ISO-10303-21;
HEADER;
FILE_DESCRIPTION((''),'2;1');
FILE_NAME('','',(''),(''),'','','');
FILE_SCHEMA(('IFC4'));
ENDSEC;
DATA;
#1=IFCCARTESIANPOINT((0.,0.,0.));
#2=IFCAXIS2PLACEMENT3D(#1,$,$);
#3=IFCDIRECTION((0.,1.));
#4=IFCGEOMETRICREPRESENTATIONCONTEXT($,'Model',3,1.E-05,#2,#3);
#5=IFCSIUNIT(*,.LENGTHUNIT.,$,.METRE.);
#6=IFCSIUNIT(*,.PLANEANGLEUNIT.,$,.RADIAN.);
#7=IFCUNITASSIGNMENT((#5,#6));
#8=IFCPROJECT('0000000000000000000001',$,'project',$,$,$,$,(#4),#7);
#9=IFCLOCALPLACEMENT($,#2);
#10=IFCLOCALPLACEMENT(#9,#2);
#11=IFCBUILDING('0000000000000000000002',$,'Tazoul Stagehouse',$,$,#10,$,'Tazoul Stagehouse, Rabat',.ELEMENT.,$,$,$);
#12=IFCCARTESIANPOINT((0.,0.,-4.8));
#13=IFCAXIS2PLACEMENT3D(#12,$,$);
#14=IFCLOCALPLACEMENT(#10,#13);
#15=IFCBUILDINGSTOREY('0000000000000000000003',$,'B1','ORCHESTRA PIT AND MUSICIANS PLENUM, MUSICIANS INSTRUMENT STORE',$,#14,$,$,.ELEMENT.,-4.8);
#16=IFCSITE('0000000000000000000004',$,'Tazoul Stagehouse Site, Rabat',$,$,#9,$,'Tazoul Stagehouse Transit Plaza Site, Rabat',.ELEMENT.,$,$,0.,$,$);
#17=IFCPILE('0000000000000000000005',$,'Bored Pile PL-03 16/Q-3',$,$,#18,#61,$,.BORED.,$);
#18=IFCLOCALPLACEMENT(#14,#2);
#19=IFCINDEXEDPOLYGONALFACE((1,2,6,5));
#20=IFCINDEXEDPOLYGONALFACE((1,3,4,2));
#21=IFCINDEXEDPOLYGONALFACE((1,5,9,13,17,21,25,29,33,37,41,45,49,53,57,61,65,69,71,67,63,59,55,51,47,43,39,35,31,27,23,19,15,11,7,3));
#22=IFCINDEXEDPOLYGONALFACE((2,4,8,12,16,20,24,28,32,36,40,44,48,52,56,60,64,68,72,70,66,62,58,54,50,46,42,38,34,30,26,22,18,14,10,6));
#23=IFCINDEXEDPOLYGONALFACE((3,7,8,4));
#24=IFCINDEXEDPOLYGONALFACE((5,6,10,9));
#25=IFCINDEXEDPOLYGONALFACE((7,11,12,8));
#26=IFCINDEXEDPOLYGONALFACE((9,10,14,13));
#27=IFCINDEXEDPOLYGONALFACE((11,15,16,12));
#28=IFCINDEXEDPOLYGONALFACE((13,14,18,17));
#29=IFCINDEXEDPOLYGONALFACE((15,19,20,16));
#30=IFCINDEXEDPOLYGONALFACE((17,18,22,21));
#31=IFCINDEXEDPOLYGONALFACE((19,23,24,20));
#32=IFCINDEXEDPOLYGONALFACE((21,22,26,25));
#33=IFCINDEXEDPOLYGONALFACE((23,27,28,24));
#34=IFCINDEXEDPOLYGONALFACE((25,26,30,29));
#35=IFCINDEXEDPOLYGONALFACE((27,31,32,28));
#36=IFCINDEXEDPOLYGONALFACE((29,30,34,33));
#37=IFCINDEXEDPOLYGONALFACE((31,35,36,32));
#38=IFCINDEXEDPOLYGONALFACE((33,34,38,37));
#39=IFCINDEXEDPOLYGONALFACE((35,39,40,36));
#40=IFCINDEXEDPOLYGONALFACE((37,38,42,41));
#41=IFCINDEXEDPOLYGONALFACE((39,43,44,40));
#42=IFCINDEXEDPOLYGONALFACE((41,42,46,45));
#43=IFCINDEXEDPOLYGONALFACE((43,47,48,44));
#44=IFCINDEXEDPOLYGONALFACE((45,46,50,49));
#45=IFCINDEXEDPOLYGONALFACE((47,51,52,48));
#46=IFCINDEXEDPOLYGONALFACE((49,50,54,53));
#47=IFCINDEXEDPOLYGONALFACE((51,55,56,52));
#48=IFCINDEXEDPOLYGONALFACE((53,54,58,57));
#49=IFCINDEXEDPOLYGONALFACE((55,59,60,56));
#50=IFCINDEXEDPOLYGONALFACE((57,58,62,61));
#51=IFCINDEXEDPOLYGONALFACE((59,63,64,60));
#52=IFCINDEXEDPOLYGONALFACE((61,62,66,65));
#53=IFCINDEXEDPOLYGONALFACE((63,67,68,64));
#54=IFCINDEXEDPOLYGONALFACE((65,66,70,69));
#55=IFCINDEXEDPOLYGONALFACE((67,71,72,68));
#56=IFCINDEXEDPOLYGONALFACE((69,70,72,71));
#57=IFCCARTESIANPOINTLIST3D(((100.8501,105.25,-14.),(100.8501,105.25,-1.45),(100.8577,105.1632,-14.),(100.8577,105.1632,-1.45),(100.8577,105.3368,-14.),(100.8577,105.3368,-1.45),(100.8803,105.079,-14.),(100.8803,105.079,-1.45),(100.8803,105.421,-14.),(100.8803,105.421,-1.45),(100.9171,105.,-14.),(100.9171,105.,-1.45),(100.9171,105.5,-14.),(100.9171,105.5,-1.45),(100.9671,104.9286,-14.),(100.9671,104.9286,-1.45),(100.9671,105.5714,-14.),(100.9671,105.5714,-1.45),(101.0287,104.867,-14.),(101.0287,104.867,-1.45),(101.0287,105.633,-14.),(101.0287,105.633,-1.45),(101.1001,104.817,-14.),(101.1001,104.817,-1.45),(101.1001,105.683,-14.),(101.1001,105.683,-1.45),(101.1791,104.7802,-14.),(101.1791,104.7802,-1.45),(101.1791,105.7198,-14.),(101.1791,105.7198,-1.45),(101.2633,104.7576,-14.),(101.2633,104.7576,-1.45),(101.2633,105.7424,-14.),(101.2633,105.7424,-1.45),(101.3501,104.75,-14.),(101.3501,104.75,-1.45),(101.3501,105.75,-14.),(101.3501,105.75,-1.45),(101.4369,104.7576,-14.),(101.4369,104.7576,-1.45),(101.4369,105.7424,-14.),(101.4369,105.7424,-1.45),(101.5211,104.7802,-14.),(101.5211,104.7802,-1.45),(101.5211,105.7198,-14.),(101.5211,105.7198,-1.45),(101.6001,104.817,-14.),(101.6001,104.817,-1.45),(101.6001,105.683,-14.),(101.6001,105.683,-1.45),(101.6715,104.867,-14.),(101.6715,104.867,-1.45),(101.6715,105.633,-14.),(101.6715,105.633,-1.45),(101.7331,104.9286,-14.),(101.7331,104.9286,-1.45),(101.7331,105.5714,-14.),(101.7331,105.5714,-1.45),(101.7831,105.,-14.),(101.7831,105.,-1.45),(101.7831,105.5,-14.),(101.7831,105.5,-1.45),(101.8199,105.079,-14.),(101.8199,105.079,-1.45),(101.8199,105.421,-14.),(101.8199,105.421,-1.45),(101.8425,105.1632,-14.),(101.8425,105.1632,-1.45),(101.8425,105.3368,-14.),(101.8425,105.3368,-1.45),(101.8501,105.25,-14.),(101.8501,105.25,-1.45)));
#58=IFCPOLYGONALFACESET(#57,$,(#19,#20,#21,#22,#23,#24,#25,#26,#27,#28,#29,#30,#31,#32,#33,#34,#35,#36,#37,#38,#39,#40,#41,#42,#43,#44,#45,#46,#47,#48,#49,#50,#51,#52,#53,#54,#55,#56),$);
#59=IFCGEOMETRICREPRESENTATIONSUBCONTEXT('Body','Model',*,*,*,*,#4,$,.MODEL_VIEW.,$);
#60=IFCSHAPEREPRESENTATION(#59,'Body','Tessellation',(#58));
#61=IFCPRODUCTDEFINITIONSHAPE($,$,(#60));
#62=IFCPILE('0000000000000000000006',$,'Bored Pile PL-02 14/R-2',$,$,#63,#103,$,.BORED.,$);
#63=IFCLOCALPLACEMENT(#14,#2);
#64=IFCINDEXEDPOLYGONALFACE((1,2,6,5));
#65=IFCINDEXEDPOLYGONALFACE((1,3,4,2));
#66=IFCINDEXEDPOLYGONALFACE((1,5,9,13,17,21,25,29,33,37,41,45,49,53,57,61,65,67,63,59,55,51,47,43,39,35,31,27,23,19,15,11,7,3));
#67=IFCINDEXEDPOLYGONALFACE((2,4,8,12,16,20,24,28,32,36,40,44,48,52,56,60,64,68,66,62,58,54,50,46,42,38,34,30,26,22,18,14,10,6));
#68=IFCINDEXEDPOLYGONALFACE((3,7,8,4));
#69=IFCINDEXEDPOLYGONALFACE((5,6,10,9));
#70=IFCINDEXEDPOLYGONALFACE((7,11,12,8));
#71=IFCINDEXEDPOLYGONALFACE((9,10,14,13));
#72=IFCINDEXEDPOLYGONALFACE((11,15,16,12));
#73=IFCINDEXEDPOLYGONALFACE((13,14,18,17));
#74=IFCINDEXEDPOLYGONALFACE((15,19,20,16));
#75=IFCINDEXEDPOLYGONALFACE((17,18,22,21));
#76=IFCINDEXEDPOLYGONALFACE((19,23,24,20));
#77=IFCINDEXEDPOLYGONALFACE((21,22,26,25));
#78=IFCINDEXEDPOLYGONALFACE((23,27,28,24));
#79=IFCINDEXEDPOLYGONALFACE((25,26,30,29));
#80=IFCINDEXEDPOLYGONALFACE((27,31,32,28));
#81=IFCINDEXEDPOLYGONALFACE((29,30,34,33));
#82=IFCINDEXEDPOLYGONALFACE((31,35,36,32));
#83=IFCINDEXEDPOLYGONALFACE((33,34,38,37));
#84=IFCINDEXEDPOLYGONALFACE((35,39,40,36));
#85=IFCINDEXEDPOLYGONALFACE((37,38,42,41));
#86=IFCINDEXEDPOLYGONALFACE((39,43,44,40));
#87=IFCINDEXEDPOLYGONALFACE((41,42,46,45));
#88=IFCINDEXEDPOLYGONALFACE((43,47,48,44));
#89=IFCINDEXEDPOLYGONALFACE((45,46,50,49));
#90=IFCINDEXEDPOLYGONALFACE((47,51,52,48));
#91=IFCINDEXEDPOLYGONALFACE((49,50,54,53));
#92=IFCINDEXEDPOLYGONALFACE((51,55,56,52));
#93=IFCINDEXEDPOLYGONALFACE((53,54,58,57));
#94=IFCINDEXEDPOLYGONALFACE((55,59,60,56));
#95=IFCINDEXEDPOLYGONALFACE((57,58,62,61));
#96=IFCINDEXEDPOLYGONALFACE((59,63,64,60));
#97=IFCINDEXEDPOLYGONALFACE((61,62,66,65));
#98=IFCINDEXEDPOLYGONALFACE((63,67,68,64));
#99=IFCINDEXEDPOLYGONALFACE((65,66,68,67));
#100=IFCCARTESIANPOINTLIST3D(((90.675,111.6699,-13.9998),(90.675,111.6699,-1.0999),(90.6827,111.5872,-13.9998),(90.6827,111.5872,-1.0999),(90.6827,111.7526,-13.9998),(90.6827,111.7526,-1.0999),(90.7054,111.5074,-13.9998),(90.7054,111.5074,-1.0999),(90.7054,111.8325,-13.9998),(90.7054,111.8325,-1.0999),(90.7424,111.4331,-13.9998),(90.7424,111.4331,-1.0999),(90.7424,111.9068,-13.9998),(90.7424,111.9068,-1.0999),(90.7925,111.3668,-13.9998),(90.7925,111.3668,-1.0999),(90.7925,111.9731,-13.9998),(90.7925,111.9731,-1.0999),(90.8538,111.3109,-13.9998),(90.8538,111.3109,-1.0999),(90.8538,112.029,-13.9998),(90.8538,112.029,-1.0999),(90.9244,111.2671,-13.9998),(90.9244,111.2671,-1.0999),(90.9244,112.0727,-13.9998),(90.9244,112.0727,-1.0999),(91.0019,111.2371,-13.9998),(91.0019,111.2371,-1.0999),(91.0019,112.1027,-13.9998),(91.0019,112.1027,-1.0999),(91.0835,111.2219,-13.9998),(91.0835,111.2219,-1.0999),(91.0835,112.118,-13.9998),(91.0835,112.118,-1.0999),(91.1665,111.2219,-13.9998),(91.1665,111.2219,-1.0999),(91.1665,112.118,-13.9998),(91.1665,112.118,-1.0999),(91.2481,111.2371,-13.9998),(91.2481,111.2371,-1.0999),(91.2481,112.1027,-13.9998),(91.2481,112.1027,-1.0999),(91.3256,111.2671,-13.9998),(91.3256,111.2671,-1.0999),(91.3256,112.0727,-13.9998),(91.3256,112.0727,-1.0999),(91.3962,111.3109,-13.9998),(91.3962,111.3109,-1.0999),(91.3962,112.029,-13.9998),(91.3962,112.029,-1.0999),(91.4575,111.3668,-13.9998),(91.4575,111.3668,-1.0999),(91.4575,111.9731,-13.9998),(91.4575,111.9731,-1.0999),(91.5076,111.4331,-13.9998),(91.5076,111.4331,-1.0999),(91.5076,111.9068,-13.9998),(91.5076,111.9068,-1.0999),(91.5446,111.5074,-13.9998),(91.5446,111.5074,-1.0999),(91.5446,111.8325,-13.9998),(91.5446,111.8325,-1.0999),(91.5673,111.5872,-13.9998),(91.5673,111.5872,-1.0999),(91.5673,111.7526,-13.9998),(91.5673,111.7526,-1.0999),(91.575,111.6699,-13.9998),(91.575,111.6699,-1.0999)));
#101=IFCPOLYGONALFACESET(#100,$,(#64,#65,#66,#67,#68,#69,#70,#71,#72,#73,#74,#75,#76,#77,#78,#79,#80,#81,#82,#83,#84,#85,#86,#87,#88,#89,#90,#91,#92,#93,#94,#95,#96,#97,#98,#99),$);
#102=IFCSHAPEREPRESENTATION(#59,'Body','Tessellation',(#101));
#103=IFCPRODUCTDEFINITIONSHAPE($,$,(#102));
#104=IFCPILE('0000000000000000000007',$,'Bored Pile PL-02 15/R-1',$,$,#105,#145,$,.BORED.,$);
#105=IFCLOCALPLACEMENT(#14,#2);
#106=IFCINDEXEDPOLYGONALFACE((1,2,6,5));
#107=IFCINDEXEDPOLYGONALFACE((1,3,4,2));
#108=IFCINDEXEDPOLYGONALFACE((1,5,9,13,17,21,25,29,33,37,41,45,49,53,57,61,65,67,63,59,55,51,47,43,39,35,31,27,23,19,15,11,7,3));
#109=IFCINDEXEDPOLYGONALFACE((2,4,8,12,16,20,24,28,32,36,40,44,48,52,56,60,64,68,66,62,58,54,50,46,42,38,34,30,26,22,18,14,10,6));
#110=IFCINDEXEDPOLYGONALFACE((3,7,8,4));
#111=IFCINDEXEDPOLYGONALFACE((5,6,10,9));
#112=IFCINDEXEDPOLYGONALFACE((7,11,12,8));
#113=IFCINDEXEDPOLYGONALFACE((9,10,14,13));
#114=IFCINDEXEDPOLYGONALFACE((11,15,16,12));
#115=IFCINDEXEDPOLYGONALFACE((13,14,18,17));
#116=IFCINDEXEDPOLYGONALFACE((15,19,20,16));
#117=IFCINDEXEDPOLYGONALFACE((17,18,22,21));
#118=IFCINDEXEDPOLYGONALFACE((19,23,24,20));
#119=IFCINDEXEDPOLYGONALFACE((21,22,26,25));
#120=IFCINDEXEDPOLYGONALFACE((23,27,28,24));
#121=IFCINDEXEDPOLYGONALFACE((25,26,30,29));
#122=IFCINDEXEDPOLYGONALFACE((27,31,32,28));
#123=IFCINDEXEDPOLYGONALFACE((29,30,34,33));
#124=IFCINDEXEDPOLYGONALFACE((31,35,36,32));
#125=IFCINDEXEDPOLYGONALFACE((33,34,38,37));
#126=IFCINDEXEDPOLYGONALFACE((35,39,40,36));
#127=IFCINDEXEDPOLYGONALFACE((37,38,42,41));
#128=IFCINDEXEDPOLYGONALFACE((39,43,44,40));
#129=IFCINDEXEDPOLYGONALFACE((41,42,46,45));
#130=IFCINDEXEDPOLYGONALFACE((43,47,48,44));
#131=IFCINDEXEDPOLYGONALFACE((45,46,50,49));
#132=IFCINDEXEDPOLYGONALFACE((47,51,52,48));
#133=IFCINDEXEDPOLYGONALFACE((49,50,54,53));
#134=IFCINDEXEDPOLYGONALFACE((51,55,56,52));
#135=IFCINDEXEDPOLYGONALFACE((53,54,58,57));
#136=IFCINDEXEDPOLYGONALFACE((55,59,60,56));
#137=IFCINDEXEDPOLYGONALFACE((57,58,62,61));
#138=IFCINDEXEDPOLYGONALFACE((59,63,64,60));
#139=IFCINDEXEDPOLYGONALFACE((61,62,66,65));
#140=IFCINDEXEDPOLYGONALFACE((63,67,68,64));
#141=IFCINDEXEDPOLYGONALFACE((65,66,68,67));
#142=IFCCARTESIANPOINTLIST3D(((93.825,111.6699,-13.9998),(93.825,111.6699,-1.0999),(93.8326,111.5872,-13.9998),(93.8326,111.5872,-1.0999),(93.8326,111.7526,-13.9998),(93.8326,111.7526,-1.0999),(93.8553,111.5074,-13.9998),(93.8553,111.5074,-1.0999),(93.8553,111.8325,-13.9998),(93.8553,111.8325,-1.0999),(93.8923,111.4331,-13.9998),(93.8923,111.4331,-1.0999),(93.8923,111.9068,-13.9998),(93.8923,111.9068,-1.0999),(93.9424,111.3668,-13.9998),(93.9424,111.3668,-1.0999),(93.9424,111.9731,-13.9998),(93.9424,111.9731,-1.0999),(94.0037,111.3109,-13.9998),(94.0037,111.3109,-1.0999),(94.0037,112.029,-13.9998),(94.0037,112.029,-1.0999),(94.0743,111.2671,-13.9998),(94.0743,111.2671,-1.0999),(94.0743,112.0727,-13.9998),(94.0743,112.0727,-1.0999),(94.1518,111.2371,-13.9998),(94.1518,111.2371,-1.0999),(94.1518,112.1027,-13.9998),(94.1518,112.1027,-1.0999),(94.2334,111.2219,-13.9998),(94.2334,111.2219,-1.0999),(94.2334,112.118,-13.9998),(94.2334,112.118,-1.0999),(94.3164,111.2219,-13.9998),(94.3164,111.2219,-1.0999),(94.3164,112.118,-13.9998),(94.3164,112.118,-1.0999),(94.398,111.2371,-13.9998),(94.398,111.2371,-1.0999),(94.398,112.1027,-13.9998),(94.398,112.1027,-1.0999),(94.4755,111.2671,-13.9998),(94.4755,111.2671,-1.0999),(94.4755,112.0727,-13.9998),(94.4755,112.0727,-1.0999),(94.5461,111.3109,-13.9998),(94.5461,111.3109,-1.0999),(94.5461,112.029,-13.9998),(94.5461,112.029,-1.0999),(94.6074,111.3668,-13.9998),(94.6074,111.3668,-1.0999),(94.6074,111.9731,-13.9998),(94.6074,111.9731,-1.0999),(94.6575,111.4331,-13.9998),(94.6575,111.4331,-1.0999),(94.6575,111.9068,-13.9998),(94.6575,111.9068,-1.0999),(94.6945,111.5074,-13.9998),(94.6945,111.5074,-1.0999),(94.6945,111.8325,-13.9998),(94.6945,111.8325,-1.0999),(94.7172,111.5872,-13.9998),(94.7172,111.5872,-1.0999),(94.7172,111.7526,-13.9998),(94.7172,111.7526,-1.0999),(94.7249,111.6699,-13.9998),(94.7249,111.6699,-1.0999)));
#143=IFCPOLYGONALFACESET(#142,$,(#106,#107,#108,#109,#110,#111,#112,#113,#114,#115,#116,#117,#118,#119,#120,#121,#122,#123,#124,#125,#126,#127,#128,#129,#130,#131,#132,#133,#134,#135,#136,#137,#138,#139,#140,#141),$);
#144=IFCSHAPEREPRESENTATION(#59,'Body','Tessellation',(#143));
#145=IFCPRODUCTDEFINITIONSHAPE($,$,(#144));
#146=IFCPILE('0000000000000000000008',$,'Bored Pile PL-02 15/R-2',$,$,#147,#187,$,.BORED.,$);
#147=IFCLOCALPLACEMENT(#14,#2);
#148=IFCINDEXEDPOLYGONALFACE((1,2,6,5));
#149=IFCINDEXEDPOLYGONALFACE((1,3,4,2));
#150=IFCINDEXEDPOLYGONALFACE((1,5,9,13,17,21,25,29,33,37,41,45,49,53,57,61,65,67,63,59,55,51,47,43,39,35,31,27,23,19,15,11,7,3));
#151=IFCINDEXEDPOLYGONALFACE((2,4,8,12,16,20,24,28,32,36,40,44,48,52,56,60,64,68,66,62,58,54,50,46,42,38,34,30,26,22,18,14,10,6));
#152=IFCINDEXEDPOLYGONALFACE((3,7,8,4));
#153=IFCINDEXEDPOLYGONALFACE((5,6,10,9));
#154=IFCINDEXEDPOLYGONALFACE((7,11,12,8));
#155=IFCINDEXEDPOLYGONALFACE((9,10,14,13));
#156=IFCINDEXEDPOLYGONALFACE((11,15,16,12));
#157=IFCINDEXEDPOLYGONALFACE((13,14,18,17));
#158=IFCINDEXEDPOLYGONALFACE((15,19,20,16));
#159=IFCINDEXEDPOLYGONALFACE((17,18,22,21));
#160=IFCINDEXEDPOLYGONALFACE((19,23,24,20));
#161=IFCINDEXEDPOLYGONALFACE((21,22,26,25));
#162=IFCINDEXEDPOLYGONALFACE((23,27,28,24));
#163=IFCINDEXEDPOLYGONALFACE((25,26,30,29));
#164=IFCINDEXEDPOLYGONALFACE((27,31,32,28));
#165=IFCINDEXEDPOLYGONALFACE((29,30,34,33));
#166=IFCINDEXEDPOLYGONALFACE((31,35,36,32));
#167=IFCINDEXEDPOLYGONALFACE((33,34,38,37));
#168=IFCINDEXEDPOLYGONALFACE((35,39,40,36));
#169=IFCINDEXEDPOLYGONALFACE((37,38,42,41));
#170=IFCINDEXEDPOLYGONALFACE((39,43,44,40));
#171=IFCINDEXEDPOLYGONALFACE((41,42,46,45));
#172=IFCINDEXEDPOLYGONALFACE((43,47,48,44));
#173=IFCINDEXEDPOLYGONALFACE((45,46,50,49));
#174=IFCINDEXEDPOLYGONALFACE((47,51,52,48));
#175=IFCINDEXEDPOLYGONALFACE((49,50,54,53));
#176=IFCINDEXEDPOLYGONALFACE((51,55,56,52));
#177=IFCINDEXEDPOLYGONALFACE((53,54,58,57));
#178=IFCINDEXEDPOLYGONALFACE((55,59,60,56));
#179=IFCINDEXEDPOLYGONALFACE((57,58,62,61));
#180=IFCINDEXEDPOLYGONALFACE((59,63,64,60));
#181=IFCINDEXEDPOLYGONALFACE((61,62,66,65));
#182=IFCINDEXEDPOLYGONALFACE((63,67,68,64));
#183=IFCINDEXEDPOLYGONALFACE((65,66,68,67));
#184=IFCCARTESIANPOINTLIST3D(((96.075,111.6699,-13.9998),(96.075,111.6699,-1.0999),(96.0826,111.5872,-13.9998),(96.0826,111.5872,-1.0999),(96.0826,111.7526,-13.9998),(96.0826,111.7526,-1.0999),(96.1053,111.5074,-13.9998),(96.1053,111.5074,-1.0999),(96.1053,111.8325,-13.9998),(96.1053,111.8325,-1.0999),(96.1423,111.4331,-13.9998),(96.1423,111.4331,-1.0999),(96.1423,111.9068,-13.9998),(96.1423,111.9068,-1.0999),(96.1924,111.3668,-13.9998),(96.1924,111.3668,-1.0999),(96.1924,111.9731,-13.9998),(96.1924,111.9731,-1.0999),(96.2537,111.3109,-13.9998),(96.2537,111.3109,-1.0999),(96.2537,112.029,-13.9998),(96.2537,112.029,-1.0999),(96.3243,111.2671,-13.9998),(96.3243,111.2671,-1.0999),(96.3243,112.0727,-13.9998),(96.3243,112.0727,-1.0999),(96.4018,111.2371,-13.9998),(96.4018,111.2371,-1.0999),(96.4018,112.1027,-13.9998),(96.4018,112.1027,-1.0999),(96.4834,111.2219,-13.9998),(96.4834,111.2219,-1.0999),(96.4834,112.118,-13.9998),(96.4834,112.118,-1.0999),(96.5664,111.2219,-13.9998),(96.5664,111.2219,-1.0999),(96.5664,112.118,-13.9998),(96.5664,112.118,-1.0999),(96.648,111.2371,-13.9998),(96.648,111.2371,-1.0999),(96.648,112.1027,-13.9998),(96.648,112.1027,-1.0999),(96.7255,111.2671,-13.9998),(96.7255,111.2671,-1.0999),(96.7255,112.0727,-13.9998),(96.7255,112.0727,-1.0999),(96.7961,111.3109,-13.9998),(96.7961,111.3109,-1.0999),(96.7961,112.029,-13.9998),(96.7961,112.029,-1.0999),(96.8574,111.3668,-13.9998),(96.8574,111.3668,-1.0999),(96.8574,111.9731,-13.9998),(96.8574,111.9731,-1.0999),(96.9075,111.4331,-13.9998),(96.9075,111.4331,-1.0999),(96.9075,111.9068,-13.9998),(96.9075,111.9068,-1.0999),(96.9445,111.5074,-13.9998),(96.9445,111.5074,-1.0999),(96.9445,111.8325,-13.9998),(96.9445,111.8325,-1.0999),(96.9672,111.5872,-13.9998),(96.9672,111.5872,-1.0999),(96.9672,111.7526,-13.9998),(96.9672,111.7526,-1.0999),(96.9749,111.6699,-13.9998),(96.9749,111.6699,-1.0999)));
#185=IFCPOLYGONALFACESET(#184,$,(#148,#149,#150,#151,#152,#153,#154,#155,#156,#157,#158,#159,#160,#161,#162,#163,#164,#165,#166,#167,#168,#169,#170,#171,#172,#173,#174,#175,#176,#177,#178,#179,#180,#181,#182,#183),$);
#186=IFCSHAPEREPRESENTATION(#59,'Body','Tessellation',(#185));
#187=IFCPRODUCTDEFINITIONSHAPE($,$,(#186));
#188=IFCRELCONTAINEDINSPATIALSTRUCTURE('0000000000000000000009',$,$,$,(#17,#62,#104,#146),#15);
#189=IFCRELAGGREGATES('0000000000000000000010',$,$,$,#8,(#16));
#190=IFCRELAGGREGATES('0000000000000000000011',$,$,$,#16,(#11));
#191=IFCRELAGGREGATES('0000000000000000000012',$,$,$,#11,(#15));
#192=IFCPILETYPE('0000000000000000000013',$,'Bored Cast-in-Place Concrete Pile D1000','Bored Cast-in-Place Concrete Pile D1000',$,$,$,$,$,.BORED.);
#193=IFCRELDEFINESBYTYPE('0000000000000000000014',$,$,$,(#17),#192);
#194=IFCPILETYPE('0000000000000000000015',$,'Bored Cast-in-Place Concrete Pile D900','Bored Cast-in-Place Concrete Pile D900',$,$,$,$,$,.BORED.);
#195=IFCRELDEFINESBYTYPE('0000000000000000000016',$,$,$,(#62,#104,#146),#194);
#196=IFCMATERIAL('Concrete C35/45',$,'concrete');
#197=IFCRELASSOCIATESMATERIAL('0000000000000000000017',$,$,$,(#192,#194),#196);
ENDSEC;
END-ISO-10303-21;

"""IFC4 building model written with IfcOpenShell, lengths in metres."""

from ifc_helpers import new_model, si_unit, direction, frame, origin, origin_2d, place, context, subcontext, project, spatial, circle, extrude, material, material_profile, profile_set, type_object, element, save


model = new_model("IFC4")

# Units and contexts
model_context = context("Model", 3, precision=1e-05, world=origin(), true_north=direction((0.0, 1.0)))
body_context = subcontext(model_context, "Body", "Model", "MODEL_VIEW")
ifc_project = project(units=[si_unit("LENGTHUNIT", "METRE"), si_unit("PLANEANGLEUNIT", "RADIAN")], contexts=[model_context])

# Site, building, storey
site_placement = place(None, origin())
site = spatial("IfcSite", under=ifc_project, at=site_placement, Name="Tazoul Stagehouse Site, Rabat", LongName="Tazoul Stagehouse Transit Plaza Site, Rabat", CompositionType="ELEMENT", RefElevation=0.0)
building_placement = place(site_placement, origin())
building = spatial("IfcBuilding", under=site, at=building_placement, Name="Tazoul Stagehouse", LongName="Tazoul Stagehouse, Rabat", CompositionType="ELEMENT")
storey_placement = place(building_placement, frame((0.0, 0.0, -4.8)))
storey = spatial("IfcBuildingStorey", under=building, at=storey_placement, Name="B1", Description="ORCHESTRA PIT AND MUSICIANS PLENUM, MUSICIANS INSTRUMENT STORE", CompositionType="ELEMENT", Elevation=-4.8)

# Piles
ifc_material_1 = material(Name="Concrete C35/45", Category="concrete")
ifc_material_profile_1 = material_profile(ifc_material_1, circle(Radius=0.5, at=origin_2d()), Name="BORED PILE 1000")
ifc_profile_set_1 = profile_set([ifc_material_profile_1], Name="Concrete C35/45")
pile_type_1 = type_object("IfcPileType", Name="Bored Cast-in-Place Concrete Pile D1000", Description="Bored Cast-in-Place Concrete Pile D1000", PredefinedType="BORED", material=ifc_profile_set_1)
pile_placement = place(storey_placement, frame((101.3501, 105.25, -1.45), z_axis=(0.0, 0.0, -1.0), x_axis=(1.0, 0.0, 0.0)))
element("IfcPile", 1, at=pile_placement, inside=storey, type_object=pile_type_1, Name="Bored Pile PL-03 16/Q-3", PredefinedType="BORED", context=body_context, shape_type="SweptSolid", body=[
    extrude(circle(Radius=0.5, at=origin_2d()), origin(), (0.0, 0.0, 1.0), 12.55),
])
ifc_material_profile_2 = material_profile(ifc_material_1, circle(Radius=0.45, at=origin_2d()), Name="BORED PILE 900")
ifc_profile_set_2 = profile_set([ifc_material_profile_2], Name="Concrete C35/45")
pile_type_2 = type_object("IfcPileType", Name="Bored Cast-in-Place Concrete Pile D900", Description="Bored Cast-in-Place Concrete Pile D900", PredefinedType="BORED", material=ifc_profile_set_2)
for number, where, z_axis, x_axis, name in (
    (2, (91.125, 111.6699, -1.0999), (0.0, 0.0, -1.0), (1.0, 0.0, 0.0), "Bored Pile PL-02 14/R-2"),
    (3, (94.2749, 111.6699, -1.0999), (0.0, 0.0, -1.0), (1.0, 0.0, 0.0), "Bored Pile PL-02 15/R-1"),
    (4, (96.5249, 111.6699, -1.0999), (0.0, 0.0, -1.0), (1.0, 0.0, 0.0), "Bored Pile PL-02 15/R-2"),
):
    element("IfcPile", number, at=place(storey_placement, frame(where, z_axis=z_axis, x_axis=x_axis)), inside=storey, type_object=pile_type_2, Name=name, PredefinedType="BORED", context=body_context, shape_type="SweptSolid", body=[
        extrude(circle(Radius=0.45, at=origin_2d()), origin(), (0.0, 0.0, 1.0), 12.8999),
    ])

save(model, "model.ifc")
